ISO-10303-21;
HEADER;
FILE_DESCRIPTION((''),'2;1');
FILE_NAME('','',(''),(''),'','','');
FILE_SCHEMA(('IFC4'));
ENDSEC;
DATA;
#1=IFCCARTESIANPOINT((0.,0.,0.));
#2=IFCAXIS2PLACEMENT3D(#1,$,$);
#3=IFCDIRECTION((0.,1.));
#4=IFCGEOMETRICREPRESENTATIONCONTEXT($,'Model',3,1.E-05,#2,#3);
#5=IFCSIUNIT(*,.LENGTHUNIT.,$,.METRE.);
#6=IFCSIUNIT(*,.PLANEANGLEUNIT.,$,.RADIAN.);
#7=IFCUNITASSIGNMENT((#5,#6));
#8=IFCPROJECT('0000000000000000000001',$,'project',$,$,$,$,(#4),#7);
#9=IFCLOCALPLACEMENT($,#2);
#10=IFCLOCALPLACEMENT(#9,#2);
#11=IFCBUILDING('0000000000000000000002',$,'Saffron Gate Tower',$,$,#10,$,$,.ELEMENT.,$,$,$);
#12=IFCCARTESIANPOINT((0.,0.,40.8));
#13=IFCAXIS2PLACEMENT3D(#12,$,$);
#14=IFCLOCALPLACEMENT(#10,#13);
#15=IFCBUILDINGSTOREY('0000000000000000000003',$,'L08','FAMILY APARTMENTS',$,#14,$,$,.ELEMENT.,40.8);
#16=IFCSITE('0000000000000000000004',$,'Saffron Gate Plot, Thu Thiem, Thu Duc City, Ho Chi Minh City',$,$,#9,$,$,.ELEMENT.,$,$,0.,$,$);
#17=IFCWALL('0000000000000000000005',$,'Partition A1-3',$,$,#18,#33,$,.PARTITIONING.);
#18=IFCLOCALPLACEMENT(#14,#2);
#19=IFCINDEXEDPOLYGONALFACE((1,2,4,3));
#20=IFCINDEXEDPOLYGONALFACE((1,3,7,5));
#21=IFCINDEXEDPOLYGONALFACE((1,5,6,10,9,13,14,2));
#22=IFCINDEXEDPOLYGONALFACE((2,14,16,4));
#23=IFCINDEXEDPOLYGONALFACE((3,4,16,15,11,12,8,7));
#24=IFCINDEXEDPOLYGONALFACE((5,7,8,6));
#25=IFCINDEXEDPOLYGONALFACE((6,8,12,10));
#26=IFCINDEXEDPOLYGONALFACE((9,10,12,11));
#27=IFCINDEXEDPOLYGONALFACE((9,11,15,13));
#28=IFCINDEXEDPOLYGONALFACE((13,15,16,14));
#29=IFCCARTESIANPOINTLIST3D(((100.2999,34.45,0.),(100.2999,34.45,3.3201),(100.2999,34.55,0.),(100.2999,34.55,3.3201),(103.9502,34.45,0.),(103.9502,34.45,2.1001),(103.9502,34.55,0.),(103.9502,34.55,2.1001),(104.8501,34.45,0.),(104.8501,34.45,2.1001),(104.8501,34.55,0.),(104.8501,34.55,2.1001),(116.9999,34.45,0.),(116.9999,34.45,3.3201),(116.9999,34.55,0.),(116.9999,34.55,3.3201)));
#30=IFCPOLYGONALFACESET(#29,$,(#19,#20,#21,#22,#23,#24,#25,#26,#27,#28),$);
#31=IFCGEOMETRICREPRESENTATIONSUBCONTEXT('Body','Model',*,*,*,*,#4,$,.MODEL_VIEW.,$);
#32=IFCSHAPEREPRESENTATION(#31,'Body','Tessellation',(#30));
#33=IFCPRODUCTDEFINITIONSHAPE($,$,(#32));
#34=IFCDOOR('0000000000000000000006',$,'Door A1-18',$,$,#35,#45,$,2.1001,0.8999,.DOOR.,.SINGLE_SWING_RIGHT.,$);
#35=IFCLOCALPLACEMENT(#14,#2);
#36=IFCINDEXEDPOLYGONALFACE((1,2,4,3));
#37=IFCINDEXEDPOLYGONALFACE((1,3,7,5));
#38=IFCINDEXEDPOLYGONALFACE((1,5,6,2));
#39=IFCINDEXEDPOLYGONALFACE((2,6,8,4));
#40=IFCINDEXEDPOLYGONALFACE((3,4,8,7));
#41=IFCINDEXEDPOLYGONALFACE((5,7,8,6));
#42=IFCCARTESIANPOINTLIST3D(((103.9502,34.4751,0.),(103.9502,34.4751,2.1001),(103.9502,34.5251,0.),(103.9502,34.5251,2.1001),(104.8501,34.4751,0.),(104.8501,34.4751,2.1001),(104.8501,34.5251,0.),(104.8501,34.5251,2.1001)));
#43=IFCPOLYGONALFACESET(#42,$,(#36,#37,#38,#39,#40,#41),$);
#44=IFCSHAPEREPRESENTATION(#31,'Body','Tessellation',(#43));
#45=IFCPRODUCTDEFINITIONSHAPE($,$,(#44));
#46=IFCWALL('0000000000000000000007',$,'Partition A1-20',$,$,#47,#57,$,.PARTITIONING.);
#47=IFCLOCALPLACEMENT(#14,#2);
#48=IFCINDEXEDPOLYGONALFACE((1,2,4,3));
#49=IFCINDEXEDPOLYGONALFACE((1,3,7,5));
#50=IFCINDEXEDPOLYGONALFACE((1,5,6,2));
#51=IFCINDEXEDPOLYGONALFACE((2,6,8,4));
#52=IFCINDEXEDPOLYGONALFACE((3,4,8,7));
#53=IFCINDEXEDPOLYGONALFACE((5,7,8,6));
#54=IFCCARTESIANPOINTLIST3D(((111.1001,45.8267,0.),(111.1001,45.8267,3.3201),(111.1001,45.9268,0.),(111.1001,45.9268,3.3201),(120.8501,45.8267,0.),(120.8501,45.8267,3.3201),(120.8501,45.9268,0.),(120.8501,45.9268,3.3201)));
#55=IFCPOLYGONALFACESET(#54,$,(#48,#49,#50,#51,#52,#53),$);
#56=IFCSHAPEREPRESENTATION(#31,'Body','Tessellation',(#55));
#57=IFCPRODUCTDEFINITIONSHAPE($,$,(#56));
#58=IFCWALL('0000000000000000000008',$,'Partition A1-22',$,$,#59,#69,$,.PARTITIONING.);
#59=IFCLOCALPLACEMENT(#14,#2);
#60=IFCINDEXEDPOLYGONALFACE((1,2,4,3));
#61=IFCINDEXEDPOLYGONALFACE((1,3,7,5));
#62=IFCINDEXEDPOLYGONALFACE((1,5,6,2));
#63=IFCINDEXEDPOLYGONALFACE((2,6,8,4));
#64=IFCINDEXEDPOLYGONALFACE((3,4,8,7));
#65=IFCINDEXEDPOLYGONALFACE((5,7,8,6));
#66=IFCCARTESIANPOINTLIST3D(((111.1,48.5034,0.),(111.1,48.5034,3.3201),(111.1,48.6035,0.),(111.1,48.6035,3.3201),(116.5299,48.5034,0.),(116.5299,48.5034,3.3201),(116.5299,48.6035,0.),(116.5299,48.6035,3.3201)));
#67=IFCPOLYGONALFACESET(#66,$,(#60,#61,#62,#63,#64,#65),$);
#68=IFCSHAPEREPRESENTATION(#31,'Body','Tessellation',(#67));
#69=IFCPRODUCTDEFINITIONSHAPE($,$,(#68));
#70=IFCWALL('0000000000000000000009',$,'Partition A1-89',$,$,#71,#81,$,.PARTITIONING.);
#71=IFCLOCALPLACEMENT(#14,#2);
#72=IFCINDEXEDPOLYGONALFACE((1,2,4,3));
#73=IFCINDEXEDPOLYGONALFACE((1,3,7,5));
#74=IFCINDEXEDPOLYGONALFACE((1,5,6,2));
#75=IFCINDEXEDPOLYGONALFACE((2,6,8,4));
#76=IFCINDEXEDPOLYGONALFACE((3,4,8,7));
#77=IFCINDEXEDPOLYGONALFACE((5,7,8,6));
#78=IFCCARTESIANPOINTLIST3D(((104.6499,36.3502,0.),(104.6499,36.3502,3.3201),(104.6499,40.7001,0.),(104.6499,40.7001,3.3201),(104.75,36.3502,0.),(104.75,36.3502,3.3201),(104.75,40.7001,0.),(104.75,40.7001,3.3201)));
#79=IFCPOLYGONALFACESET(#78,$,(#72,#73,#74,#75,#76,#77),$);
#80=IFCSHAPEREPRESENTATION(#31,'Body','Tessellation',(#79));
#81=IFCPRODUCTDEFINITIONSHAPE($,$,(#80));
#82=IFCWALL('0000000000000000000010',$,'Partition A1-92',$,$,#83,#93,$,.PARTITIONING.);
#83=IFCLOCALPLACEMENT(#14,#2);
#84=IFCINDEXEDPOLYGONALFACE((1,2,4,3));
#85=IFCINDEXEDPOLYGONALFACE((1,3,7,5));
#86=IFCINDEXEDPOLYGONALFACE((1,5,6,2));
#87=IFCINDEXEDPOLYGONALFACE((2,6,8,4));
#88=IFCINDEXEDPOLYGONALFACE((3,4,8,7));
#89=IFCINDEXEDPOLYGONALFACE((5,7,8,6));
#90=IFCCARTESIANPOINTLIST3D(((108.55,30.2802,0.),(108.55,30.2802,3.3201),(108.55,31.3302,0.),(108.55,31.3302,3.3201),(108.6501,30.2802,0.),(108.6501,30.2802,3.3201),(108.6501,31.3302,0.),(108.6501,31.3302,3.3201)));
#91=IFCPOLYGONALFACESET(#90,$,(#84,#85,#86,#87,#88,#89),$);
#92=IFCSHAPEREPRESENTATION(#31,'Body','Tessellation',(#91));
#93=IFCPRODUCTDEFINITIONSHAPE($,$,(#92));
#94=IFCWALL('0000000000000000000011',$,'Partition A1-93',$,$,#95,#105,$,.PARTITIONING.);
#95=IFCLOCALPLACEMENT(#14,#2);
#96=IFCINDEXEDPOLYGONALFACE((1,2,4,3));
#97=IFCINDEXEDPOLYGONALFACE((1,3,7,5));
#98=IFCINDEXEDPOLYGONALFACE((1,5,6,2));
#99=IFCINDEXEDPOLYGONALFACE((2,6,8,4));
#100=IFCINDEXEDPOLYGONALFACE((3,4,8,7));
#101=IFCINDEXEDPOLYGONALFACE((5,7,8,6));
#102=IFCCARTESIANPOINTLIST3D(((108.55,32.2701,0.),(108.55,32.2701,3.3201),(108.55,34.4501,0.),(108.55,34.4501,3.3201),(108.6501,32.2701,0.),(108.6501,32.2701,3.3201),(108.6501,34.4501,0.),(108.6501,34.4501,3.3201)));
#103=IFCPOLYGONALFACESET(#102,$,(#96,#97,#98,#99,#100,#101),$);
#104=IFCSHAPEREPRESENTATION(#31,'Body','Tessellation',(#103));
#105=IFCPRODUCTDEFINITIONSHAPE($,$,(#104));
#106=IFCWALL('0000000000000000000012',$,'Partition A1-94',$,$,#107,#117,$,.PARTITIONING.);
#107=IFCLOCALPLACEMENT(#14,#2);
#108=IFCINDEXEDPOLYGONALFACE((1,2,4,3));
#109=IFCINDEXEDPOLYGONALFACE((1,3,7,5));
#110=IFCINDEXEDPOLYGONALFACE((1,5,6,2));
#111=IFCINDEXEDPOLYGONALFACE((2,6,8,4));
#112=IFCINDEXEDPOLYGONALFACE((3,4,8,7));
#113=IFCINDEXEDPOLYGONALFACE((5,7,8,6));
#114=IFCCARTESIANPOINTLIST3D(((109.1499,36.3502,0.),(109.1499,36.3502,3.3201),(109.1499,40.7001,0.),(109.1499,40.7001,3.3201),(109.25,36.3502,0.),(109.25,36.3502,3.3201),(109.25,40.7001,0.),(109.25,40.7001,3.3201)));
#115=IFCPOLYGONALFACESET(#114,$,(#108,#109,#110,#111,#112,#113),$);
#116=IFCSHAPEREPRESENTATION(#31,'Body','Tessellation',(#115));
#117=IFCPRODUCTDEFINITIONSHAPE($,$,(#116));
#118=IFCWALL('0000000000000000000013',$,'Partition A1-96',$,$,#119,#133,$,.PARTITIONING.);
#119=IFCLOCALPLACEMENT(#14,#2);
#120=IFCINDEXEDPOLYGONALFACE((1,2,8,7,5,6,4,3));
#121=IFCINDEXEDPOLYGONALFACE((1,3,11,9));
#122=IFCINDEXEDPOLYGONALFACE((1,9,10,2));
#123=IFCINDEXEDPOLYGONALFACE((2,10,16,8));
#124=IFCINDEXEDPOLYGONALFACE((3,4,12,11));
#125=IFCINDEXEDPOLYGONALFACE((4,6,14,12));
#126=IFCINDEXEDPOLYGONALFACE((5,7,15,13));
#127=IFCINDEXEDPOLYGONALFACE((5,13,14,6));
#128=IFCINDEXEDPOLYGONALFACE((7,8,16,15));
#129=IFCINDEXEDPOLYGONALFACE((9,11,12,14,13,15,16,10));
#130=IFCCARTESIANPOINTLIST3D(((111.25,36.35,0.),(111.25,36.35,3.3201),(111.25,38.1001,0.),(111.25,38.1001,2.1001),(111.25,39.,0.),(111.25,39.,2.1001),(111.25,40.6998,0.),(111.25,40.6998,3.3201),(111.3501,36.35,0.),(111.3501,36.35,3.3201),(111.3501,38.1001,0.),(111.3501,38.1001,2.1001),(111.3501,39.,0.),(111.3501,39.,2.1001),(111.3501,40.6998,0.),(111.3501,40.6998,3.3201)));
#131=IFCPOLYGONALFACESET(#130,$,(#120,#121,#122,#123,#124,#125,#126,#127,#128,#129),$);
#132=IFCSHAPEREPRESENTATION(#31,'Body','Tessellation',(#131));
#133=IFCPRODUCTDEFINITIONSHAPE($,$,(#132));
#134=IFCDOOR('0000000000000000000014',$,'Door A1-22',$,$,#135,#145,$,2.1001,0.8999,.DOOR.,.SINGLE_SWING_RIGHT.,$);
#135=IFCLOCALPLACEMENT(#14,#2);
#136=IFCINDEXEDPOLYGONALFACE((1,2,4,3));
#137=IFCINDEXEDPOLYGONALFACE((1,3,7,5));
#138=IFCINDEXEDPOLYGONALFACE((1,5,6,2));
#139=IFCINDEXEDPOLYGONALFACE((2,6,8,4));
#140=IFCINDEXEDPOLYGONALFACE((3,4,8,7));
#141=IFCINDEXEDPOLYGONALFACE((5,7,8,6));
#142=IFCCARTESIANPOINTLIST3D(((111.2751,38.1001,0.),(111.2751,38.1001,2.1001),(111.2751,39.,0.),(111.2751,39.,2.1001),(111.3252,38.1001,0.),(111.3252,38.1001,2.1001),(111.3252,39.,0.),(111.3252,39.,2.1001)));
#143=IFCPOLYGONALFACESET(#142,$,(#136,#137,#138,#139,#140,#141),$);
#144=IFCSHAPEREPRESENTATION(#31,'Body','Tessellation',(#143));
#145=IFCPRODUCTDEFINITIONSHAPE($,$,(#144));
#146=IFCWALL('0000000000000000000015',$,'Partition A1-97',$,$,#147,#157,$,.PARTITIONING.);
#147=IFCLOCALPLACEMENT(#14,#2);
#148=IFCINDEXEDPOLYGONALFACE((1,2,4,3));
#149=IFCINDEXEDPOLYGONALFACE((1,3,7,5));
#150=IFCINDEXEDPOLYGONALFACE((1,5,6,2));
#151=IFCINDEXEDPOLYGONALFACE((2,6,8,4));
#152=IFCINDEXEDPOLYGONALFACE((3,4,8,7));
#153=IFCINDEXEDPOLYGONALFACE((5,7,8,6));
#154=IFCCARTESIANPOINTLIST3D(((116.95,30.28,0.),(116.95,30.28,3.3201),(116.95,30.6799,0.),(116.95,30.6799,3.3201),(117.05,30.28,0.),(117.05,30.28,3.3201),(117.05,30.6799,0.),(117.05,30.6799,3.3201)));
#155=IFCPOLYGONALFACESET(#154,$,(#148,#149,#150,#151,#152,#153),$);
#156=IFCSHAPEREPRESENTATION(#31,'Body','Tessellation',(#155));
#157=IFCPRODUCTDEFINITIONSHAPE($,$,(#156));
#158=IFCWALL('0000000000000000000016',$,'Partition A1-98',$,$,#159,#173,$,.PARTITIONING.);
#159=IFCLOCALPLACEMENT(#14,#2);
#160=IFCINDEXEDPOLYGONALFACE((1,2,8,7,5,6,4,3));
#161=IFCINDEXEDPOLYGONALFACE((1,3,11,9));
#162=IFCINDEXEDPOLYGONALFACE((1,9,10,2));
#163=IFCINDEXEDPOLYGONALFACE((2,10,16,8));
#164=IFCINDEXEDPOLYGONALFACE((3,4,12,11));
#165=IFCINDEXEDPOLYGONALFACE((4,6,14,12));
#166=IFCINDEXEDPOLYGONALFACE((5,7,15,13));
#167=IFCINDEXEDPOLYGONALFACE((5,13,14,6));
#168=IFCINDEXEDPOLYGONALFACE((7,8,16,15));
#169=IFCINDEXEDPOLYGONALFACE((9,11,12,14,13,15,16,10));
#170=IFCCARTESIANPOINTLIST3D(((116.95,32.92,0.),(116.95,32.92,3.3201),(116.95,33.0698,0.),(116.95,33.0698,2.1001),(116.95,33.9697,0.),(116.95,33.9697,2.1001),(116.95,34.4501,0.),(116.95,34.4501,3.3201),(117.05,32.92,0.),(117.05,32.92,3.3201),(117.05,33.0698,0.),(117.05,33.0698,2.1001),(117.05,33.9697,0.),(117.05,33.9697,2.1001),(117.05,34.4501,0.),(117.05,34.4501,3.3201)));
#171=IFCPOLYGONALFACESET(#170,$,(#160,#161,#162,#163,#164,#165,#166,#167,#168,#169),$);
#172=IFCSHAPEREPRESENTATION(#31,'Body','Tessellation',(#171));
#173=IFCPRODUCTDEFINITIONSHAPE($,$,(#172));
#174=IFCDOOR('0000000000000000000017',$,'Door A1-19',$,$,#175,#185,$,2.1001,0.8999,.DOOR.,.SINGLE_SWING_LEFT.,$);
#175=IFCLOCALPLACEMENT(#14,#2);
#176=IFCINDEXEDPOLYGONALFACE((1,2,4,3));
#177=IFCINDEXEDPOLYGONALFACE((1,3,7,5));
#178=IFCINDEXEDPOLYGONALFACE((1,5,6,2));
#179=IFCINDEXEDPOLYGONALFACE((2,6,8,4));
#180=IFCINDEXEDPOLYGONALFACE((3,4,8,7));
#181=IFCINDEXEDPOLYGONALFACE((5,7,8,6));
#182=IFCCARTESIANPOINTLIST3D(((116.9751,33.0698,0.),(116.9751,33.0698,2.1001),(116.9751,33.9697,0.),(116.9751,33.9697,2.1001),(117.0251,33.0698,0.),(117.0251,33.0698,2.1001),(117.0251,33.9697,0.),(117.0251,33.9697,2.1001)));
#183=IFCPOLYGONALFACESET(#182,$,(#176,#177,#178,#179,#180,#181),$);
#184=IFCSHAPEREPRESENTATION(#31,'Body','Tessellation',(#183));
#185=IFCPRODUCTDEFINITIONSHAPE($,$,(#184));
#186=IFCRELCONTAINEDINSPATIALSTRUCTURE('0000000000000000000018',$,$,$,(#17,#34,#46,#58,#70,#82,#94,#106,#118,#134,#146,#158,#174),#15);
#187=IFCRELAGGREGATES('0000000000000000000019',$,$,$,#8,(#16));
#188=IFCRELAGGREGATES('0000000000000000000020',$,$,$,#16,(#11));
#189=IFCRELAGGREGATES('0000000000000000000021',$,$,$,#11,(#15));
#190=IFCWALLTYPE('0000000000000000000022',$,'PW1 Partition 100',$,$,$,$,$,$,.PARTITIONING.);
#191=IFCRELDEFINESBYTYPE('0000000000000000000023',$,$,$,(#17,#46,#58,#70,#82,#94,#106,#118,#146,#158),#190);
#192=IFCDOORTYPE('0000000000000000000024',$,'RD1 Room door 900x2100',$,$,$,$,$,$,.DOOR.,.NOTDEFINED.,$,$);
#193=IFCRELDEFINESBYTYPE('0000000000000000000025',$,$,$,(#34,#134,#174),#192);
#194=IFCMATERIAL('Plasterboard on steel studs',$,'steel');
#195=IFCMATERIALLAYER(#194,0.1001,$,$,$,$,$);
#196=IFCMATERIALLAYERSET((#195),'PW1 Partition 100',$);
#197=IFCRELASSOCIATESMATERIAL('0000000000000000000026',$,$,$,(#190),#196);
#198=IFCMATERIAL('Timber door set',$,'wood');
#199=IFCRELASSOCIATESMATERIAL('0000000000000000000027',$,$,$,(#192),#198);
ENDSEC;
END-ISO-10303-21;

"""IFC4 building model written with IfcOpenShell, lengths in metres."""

from ifc_helpers import new_model, si_unit, direction, frame, frame_2d, origin, place, context, subcontext, project, spatial, rectangle, extrude, material, layer, layer_set, type_object, element, fill, save


model = new_model("IFC4")

# Units and contexts
model_context = context("Model", 3, precision=1e-05, world=origin(), true_north=direction((0.0, 1.0)))
body_context = subcontext(model_context, "Body", "Model", "MODEL_VIEW")
ifc_project = project(units=[si_unit("LENGTHUNIT", "METRE"), si_unit("PLANEANGLEUNIT", "RADIAN")], contexts=[model_context])

# Site, building, storey
site_placement = place(None, origin())
site = spatial("IfcSite", under=ifc_project, at=site_placement, Name="Saffron Gate Plot, Thu Thiem, Thu Duc City, Ho Chi Minh City", CompositionType="ELEMENT", RefElevation=0.0)
building_placement = place(site_placement, origin())
building = spatial("IfcBuilding", under=site, at=building_placement, Name="Saffron Gate Tower", CompositionType="ELEMENT")
storey_placement = place(building_placement, frame((0.0, 0.0, 40.8)))
storey = spatial("IfcBuildingStorey", under=building, at=storey_placement, Name="L08", Description="FAMILY APARTMENTS", CompositionType="ELEMENT", Elevation=40.8)

# Wall, opening, door
ifc_material_1 = material(Name="Plasterboard on steel studs", Category="steel")
ifc_layer_1 = layer(ifc_material_1, 0.1001)
ifc_layer_set_1 = layer_set([ifc_layer_1], Name="PW1 Partition 100")
wall_type_1 = type_object("IfcWallType", Name="PW1 Partition 100", PredefinedType="PARTITIONING", material=ifc_layer_set_1)
wall_1_placement = place(storey_placement, frame((117.0, 34.5, 0.0), z_axis=(0.0, 0.0, 1.0), x_axis=(-1.0, 0.0, 0.0)))
wall_1 = element("IfcWall", 1, at=wall_1_placement, inside=storey, type_object=wall_type_1, Name="Partition A1-3", PredefinedType="PARTITIONING", context=body_context, shape_type="SweptSolid", body=[
    extrude(rectangle(XDim=16.7, YDim=0.1001, at=frame_2d((8.3501, 0.0))), origin(), (0.0, 0.0, 1.0), 3.3201),
])
opening_1_placement = place(wall_1_placement, frame((12.1499, 0.0, 0.0)))
opening_1 = element("IfcOpeningElement", 2, at=opening_1_placement, cuts=wall_1, PredefinedType="OPENING", context=body_context, shape_type="SweptSolid", body=[
    extrude(rectangle(XDim=0.8999, YDim=2.1001, at=frame_2d((0.45, 1.05))), frame((0.0, 0.0601, 0.0), z_axis=(0.0, -1.0, 0.0), x_axis=(1.0, 0.0, 0.0)), (0.0, 0.0, 1.0), 0.1201),
])
ifc_material_2 = material(Name="Timber door set", Category="wood")
door_type_1 = type_object("IfcDoorType", Name="RD1 Room door 900x2100", OperationType="NOTDEFINED", PredefinedType="DOOR", material=ifc_material_2)
door_1_placement = place(opening_1_placement, origin())
door_1 = element("IfcDoor", 3, at=door_1_placement, inside=storey, type_object=door_type_1, Name="Door A1-18", OperationType="SINGLE_SWING_RIGHT", OverallHeight=2.1001, OverallWidth=0.8999, PredefinedType="DOOR", context=body_context, shape_type="SweptSolid", body=[
    extrude(rectangle(XDim=0.8999, YDim=2.1001, at=frame_2d((0.45, 1.05))), frame((0.0, 0.0249, 0.0), z_axis=(0.0, -1.0, 0.0), x_axis=(1.0, 0.0, 0.0)), (0.0, 0.0, 1.0), 0.05),
])
fill(opening_1, door_1)

# Walls
wall_2_placement = place(storey_placement, frame((111.1001, 45.8767, 0.0), z_axis=(0.0, 0.0, 1.0), x_axis=(1.0, 0.0, 0.0)))
element("IfcWall", 4, at=wall_2_placement, inside=storey, type_object=wall_type_1, Name="Partition A1-20", PredefinedType="PARTITIONING", context=body_context, shape_type="SweptSolid", body=[
    extrude(rectangle(XDim=9.75, YDim=0.1001, at=frame_2d((4.875, 0.0))), origin(), (0.0, 0.0, 1.0), 3.3201),
])
wall_3_placement = place(storey_placement, frame((111.1001, 48.5535, 0.0), z_axis=(0.0, 0.0, 1.0), x_axis=(1.0, 0.0, 0.0)))
element("IfcWall", 5, at=wall_3_placement, inside=storey, type_object=wall_type_1, Name="Partition A1-22", PredefinedType="PARTITIONING", context=body_context, shape_type="SweptSolid", body=[
    extrude(rectangle(XDim=5.4299, YDim=0.1001, at=frame_2d((2.7148, 0.0))), origin(), (0.0, 0.0, 1.0), 3.3201),
])
wall_4_placement = place(storey_placement, frame((104.7, 40.7, 0.0), z_axis=(0.0, 0.0, 1.0), x_axis=(0.0, -1.0, 0.0)))
element("IfcWall", 6, at=wall_4_placement, inside=storey, type_object=wall_type_1, Name="Partition A1-89", PredefinedType="PARTITIONING", context=body_context, shape_type="SweptSolid", body=[
    extrude(rectangle(XDim=4.3499, YDim=0.1001, at=frame_2d((2.1748, 0.0))), origin(), (0.0, 0.0, 1.0), 3.3201),
])
wall_5_placement = place(storey_placement, frame((108.6001, 31.3301, 0.0), z_axis=(0.0, 0.0, 1.0), x_axis=(0.0, -1.0, 0.0)))
element("IfcWall", 7, at=wall_5_placement, inside=storey, type_object=wall_type_1, Name="Partition A1-92", PredefinedType="PARTITIONING", context=body_context, shape_type="SweptSolid", body=[
    extrude(rectangle(XDim=1.05, YDim=0.1001, at=frame_2d((0.5249, 0.0))), origin(), (0.0, 0.0, 1.0), 3.3201),
])
wall_6_placement = place(storey_placement, frame((108.6001, 34.45, 0.0), z_axis=(0.0, 0.0, 1.0), x_axis=(0.0, -1.0, 0.0)))
element("IfcWall", 8, at=wall_6_placement, inside=storey, type_object=wall_type_1, Name="Partition A1-93", PredefinedType="PARTITIONING", context=body_context, shape_type="SweptSolid", body=[
    extrude(rectangle(XDim=2.1799, YDim=0.1001, at=frame_2d((1.0898, 0.0))), origin(), (0.0, 0.0, 1.0), 3.3201),
])
wall_7_placement = place(storey_placement, frame((109.2, 40.7, 0.0), z_axis=(0.0, 0.0, 1.0), x_axis=(0.0, -1.0, 0.0)))
element("IfcWall", 9, at=wall_7_placement, inside=storey, type_object=wall_type_1, Name="Partition A1-94", PredefinedType="PARTITIONING", context=body_context, shape_type="SweptSolid", body=[
    extrude(rectangle(XDim=4.3499, YDim=0.1001, at=frame_2d((2.1748, 0.0))), origin(), (0.0, 0.0, 1.0), 3.3201),
])

# Wall, opening, door
wall_8_placement = place(storey_placement, frame((111.3, 36.3501, 0.0), z_axis=(0.0, 0.0, 1.0), x_axis=(0.0, 1.0, 0.0)))
wall_8 = element("IfcWall", 10, at=wall_8_placement, inside=storey, type_object=wall_type_1, Name="Partition A1-96", PredefinedType="PARTITIONING", context=body_context, shape_type="SweptSolid", body=[
    extrude(rectangle(XDim=4.3499, YDim=0.1001, at=frame_2d((2.1748, 0.0))), origin(), (0.0, 0.0, 1.0), 3.3201),
])
opening_2_placement = place(wall_8_placement, frame((1.75, 0.0, 0.0)))
opening_2 = element("IfcOpeningElement", 11, at=opening_2_placement, cuts=wall_8, PredefinedType="OPENING", context=body_context, shape_type="SweptSolid", body=[
    extrude(rectangle(XDim=0.8999, YDim=2.1001, at=frame_2d((0.45, 1.05))), frame((0.0, 0.0601, 0.0), z_axis=(0.0, -1.0, 0.0), x_axis=(1.0, 0.0, 0.0)), (0.0, 0.0, 1.0), 0.1201),
])
door_2_placement = place(opening_2_placement, origin())
door_2 = element("IfcDoor", 12, at=door_2_placement, inside=storey, type_object=door_type_1, Name="Door A1-22", OperationType="SINGLE_SWING_RIGHT", OverallHeight=2.1001, OverallWidth=0.8999, PredefinedType="DOOR", context=body_context, shape_type="SweptSolid", body=[
    extrude(rectangle(XDim=0.8999, YDim=2.1001, at=frame_2d((0.45, 1.05))), frame((0.0, 0.0249, 0.0), z_axis=(0.0, -1.0, 0.0), x_axis=(1.0, 0.0, 0.0)), (0.0, 0.0, 1.0), 0.05),
])
fill(opening_2, door_2)

# Wall
wall_9_placement = place(storey_placement, frame((117.0, 30.6799, 0.0), z_axis=(0.0, 0.0, 1.0), x_axis=(0.0, -1.0, 0.0)))
element("IfcWall", 13, at=wall_9_placement, inside=storey, type_object=wall_type_1, Name="Partition A1-97", PredefinedType="PARTITIONING", context=body_context, shape_type="SweptSolid", body=[
    extrude(rectangle(XDim=0.3999, YDim=0.1001, at=frame_2d((0.2, 0.0))), origin(), (0.0, 0.0, 1.0), 3.3201),
])

# Wall, opening, door
wall_10_placement = place(storey_placement, frame((117.0, 32.9199, 0.0), z_axis=(0.0, 0.0, 1.0), x_axis=(0.0, 1.0, 0.0)))
wall_10 = element("IfcWall", 14, at=wall_10_placement, inside=storey, type_object=wall_type_1, Name="Partition A1-98", PredefinedType="PARTITIONING", context=body_context, shape_type="SweptSolid", body=[
    extrude(rectangle(XDim=1.53, YDim=0.1001, at=frame_2d((0.7651, 0.0))), origin(), (0.0, 0.0, 1.0), 3.3201),
])
opening_3_placement = place(wall_10_placement, frame((0.1499, 0.0, 0.0)))
opening_3 = element("IfcOpeningElement", 15, at=opening_3_placement, cuts=wall_10, PredefinedType="OPENING", context=body_context, shape_type="SweptSolid", body=[
    extrude(rectangle(XDim=0.8999, YDim=2.1001, at=frame_2d((0.45, 1.05))), frame((0.0, 0.0601, 0.0), z_axis=(0.0, -1.0, 0.0), x_axis=(1.0, 0.0, 0.0)), (0.0, 0.0, 1.0), 0.1201),
])
door_3_placement = place(opening_3_placement, origin())
door_3 = element("IfcDoor", 16, at=door_3_placement, inside=storey, type_object=door_type_1, Name="Door A1-19", OperationType="SINGLE_SWING_LEFT", OverallHeight=2.1001, OverallWidth=0.8999, PredefinedType="DOOR", context=body_context, shape_type="SweptSolid", body=[
    extrude(rectangle(XDim=0.8999, YDim=2.1001, at=frame_2d((0.45, 1.05))), frame((0.0, 0.0249, 0.0), z_axis=(0.0, -1.0, 0.0), x_axis=(1.0, 0.0, 0.0)), (0.0, 0.0, 1.0), 0.05),
])
fill(opening_3, door_3)

save(model, "model.ifc")
